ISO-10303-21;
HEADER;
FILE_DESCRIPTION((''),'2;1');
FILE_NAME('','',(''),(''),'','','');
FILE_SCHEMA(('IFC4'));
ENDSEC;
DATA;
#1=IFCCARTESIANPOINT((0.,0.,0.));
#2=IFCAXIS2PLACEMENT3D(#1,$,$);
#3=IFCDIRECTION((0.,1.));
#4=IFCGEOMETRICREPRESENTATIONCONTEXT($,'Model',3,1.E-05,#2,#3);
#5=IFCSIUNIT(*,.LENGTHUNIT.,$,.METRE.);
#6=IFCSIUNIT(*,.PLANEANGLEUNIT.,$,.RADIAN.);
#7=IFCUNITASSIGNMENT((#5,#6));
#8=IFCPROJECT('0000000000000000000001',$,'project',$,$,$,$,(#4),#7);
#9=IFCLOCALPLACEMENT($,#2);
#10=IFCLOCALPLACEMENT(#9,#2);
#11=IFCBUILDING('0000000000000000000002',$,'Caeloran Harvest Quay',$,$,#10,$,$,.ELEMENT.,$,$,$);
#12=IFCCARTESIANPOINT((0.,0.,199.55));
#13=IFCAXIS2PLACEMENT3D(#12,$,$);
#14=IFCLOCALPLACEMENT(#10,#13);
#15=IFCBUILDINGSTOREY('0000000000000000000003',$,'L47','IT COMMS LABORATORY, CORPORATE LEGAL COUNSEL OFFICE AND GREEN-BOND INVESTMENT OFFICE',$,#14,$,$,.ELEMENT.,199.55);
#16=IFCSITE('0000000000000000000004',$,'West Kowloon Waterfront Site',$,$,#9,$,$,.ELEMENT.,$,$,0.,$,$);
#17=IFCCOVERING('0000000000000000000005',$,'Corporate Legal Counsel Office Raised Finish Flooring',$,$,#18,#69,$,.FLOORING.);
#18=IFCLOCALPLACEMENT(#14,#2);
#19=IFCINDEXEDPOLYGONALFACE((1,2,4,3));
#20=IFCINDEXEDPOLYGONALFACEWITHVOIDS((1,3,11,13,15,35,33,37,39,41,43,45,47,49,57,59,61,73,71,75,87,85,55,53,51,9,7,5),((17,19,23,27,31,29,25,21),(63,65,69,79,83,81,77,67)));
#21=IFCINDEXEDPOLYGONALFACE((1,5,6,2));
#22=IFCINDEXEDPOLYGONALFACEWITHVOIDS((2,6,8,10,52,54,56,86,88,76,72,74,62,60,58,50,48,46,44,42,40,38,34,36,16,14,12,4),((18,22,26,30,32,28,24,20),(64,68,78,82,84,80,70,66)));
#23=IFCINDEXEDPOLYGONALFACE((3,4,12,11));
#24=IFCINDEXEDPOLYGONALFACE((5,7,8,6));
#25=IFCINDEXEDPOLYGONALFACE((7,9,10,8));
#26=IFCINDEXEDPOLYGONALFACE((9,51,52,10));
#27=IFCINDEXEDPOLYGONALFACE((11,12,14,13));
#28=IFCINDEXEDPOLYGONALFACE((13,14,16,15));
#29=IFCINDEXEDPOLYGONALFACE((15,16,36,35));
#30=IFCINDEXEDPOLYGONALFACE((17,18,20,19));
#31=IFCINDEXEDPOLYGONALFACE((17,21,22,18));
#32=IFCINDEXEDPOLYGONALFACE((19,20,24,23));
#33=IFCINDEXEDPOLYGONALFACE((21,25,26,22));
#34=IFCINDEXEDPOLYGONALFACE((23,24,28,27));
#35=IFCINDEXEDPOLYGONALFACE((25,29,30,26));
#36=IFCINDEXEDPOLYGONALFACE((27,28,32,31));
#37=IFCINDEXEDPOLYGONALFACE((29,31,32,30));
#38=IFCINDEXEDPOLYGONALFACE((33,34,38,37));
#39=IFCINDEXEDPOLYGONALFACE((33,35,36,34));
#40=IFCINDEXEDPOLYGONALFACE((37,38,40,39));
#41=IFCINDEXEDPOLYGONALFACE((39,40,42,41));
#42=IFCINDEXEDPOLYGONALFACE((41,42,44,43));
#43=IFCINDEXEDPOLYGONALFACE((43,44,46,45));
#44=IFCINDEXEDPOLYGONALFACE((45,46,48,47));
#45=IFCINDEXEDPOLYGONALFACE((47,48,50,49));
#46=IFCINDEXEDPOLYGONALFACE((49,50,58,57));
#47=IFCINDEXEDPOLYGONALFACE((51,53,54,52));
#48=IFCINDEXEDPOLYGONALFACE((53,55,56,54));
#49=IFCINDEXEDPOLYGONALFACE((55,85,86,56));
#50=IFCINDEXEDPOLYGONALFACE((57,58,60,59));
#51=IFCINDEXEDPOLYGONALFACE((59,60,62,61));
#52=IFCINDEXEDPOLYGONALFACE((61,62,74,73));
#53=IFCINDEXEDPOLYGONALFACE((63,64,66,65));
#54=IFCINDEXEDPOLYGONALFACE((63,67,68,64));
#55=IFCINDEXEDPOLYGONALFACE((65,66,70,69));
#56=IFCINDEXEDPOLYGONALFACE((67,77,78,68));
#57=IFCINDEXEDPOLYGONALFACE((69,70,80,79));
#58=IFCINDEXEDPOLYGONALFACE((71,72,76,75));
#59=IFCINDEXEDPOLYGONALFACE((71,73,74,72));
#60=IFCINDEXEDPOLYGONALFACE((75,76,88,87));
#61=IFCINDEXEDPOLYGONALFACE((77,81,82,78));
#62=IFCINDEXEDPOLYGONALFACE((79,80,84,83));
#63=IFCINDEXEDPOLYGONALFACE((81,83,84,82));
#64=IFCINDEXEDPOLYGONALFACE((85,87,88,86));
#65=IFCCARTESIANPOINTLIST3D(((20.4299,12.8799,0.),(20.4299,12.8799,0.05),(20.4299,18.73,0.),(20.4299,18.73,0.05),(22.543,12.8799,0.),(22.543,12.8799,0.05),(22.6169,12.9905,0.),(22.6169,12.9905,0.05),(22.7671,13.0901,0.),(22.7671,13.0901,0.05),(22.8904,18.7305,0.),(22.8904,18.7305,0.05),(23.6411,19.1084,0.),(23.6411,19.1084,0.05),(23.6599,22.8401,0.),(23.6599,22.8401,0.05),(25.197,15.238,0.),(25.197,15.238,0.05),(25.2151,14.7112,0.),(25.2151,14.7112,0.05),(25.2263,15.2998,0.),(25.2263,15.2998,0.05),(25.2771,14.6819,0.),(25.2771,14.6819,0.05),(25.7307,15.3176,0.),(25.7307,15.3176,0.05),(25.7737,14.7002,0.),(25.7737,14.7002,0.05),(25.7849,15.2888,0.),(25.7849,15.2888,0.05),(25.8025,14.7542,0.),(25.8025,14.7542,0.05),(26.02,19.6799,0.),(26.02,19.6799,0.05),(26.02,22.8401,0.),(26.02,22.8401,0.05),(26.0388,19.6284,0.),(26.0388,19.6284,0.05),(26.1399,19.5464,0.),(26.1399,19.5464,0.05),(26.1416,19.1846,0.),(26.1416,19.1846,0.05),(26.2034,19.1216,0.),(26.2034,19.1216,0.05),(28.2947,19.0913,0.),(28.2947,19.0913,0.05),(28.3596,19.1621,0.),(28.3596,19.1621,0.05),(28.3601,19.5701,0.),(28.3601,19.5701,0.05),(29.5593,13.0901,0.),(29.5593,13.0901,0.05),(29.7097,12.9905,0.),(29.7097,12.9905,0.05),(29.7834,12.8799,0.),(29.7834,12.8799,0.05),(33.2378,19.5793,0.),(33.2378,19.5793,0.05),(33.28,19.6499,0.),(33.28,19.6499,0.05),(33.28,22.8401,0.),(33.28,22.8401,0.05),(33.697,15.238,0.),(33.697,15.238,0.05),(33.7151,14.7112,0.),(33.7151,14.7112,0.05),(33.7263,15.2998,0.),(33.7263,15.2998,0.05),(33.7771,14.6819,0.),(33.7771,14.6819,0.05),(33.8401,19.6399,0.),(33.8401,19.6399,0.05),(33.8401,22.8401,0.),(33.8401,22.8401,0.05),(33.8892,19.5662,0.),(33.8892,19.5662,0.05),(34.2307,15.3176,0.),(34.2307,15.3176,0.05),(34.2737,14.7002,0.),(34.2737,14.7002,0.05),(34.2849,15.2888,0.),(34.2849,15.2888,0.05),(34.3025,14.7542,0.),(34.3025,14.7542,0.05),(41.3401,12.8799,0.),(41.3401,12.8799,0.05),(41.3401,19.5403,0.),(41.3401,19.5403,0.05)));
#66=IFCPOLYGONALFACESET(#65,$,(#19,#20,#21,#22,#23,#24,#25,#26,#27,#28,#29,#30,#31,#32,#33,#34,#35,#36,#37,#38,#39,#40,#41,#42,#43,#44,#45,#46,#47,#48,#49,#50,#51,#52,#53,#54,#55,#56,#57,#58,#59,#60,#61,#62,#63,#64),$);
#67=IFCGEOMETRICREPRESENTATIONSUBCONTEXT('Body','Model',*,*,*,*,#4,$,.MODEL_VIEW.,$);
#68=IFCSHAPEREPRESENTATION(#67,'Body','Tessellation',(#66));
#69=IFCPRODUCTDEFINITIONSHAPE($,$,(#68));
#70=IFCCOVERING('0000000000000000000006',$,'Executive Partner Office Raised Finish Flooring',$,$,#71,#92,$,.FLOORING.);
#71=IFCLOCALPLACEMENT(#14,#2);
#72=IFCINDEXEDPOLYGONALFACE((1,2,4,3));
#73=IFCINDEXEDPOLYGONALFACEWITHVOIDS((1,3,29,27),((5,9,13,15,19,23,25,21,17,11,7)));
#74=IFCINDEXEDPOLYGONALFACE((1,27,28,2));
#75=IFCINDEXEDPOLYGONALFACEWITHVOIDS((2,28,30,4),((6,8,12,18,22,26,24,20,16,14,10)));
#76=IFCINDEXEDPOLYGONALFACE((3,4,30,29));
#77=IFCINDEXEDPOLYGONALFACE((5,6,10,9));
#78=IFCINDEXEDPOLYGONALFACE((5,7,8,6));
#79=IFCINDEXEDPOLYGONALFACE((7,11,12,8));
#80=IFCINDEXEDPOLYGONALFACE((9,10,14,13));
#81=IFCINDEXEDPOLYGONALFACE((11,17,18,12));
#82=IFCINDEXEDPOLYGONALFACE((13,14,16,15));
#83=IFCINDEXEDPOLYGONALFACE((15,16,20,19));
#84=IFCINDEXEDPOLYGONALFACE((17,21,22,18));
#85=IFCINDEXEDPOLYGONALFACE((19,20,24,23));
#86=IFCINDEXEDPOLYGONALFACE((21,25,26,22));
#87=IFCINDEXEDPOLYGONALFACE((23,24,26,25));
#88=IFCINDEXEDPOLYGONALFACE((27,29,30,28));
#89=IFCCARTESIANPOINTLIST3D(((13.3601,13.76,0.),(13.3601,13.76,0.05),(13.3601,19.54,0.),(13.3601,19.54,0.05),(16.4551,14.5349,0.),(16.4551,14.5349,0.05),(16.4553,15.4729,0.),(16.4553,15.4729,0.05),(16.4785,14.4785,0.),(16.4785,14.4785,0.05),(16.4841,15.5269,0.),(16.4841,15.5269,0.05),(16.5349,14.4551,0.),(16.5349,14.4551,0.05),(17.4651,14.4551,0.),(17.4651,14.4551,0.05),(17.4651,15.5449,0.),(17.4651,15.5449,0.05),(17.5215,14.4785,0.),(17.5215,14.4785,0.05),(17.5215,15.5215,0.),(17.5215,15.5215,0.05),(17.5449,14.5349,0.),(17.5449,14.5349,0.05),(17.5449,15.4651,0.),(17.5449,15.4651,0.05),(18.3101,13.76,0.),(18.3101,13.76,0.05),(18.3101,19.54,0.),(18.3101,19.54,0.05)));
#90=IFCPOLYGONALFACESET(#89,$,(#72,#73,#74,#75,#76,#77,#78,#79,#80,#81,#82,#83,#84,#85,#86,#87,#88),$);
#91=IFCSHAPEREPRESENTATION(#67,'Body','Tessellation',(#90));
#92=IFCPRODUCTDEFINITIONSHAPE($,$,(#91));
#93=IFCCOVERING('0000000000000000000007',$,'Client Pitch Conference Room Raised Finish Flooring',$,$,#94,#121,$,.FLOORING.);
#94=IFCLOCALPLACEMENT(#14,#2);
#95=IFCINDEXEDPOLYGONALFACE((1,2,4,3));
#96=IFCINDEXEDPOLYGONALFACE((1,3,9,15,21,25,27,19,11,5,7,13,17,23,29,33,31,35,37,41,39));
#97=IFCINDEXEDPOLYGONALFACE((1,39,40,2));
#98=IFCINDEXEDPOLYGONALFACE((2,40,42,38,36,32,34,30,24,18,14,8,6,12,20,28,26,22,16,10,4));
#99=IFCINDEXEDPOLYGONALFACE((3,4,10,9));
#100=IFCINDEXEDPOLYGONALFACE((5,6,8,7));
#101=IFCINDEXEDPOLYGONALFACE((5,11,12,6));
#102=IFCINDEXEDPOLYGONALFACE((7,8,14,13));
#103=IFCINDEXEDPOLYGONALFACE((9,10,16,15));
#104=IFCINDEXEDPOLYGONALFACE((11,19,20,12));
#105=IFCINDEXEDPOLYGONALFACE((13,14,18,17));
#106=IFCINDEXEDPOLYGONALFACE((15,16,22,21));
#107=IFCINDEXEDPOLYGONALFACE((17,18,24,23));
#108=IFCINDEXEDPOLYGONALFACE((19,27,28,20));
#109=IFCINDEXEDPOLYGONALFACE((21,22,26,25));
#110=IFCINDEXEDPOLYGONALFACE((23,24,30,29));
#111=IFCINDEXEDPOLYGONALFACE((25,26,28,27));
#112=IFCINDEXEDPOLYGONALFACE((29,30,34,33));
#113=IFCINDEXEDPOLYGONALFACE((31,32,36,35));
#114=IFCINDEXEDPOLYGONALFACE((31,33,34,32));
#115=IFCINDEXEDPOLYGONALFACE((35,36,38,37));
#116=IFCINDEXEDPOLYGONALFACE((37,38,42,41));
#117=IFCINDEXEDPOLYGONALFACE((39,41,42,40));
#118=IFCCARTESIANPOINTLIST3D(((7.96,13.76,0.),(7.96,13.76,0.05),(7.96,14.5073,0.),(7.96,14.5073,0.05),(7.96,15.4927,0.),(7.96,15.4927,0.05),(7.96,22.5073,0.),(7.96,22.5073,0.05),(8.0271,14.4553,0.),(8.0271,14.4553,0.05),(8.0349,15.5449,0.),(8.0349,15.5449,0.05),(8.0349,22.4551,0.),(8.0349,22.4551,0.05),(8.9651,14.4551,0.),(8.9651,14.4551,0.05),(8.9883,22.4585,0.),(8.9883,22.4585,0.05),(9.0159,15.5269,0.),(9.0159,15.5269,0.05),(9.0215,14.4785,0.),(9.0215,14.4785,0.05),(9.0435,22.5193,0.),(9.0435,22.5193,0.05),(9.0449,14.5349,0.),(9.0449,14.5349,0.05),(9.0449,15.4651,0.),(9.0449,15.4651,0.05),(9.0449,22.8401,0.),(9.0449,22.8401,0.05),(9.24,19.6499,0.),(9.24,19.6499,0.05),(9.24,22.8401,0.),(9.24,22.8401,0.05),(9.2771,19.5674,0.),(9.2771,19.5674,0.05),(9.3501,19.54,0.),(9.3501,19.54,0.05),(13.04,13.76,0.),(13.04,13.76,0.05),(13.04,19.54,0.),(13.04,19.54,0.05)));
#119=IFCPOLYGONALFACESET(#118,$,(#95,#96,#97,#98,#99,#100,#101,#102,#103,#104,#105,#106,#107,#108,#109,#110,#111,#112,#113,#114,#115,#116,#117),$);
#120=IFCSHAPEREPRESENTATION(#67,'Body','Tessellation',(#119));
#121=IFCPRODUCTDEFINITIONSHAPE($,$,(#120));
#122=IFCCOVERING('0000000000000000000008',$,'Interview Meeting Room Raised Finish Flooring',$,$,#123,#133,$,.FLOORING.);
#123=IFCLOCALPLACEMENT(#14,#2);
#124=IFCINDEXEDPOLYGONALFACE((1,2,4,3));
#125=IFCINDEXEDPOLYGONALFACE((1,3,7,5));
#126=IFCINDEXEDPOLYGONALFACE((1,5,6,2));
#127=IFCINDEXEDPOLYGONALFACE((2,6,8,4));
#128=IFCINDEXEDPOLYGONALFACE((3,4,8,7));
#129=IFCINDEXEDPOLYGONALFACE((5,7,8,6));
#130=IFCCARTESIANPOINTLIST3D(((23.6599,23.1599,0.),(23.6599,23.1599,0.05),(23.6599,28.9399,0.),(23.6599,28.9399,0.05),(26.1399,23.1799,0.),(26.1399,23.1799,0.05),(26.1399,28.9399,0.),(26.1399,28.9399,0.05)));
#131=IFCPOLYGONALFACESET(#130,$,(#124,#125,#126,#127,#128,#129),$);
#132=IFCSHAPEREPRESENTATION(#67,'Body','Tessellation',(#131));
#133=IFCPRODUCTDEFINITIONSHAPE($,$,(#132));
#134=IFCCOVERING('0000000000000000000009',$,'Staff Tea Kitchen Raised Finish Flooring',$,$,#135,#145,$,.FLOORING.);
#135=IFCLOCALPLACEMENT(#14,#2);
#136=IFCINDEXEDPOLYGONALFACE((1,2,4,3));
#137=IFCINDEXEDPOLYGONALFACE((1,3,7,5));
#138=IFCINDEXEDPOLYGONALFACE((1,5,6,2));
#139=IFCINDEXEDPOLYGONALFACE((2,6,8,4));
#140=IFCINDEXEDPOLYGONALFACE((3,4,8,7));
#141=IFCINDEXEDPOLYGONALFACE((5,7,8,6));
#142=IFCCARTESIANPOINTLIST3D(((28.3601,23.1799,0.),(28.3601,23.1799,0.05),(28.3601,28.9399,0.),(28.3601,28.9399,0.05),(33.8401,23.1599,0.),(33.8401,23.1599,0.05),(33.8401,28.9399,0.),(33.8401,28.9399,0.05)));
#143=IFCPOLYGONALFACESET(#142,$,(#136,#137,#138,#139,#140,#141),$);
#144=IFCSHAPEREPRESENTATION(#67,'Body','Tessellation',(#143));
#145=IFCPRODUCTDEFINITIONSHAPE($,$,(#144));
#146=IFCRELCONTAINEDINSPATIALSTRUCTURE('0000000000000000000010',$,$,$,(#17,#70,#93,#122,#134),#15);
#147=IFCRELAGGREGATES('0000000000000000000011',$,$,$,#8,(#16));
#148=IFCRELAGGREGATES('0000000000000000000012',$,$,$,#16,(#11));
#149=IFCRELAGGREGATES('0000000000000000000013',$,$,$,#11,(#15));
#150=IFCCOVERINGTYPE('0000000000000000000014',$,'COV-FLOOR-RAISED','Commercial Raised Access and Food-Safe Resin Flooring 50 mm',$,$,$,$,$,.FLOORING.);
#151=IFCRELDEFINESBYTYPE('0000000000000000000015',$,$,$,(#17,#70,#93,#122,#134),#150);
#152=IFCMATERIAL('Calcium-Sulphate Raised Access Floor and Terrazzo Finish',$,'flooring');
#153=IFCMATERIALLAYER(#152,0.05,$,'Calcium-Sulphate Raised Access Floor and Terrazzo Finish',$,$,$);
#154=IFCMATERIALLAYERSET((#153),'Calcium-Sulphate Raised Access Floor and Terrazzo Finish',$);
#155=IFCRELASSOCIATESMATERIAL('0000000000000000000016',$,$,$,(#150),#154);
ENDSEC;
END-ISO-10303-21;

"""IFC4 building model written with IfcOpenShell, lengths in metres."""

from ifc_helpers import new_model, si_unit, direction, frame, origin, place, context, subcontext, project, spatial, polyline, outline, extrude, material, layer, layer_set, type_object, element, save


model = new_model("IFC4")

# Units and contexts
model_context = context("Model", 3, precision=1e-05, world=origin(), true_north=direction((0.0, 1.0)))
body_context = subcontext(model_context, "Body", "Model", "MODEL_VIEW")
ifc_project = project(units=[si_unit("LENGTHUNIT", "METRE"), si_unit("PLANEANGLEUNIT", "RADIAN")], contexts=[model_context])

# Site, building, storey
site_placement = place(None, origin())
site = spatial("IfcSite", under=ifc_project, at=site_placement, Name="West Kowloon Waterfront Site", CompositionType="ELEMENT", RefElevation=0.0)
building_placement = place(site_placement, origin())
building = spatial("IfcBuilding", under=site, at=building_placement, Name="Caeloran Harvest Quay", CompositionType="ELEMENT")
storey_placement = place(building_placement, frame((0.0, 0.0, 199.55)))
storey = spatial("IfcBuildingStorey", under=building, at=storey_placement, Name="L47", Description="IT COMMS LABORATORY, CORPORATE LEGAL COUNSEL OFFICE AND GREEN-BOND INVESTMENT OFFICE", CompositionType="ELEMENT", Elevation=199.55)

# Coverings
ifc_material_1 = material(Name="Calcium-Sulphate Raised Access Floor and Terrazzo Finish", Category="flooring")
ifc_layer_1 = layer(ifc_material_1, 0.05, Name="Calcium-Sulphate Raised Access Floor and Terrazzo Finish")
ifc_layer_set_1 = layer_set([ifc_layer_1], Name="Calcium-Sulphate Raised Access Floor and Terrazzo Finish")
covering_type_1 = type_object("IfcCoveringType", Name="COV-FLOOR-RAISED", Description="Commercial Raised Access and Food-Safe Resin Flooring 50 mm", PredefinedType="FLOORING", material=ifc_layer_set_1)
covering_1_placement = place(storey_placement, origin())
element("IfcCovering", 1, at=covering_1_placement, inside=storey, type_object=covering_type_1, Name="Corporate Legal Counsel Office Raised Finish Flooring", PredefinedType="FLOORING", context=body_context, shape_type="SweptSolid", body=[
    extrude(outline(polyline([(22.543, 12.8799), (20.4299, 12.8799), (20.4299, 18.73), (22.8904, 18.7305), (23.6411, 19.1084), (23.6599, 22.8401), (26.02, 22.8401), (26.02, 19.6799), (26.0388, 19.6284), (26.1399, 19.5464), (26.1416, 19.1846), (26.2034, 19.1216), (28.2947, 19.0913), (28.3596, 19.1621), (28.3601, 19.5701), (33.2378, 19.5793), (33.28, 19.6499), (33.28, 22.8401), (33.8401, 22.8401), (33.8401, 19.6399), (33.8892, 19.5662), (41.3401, 19.5403), (41.3401, 12.8799), (29.7834, 12.8799), (29.7097, 12.9905), (29.5593, 13.0901), (22.7671, 13.0901), (22.6169, 12.9905), (22.543, 12.8799)]), holes=[polyline([(34.3025, 14.7542), (34.2849, 15.2888), (34.2307, 15.3176), (33.7263, 15.2998), (33.697, 15.238), (33.7151, 14.7112), (33.7771, 14.6819), (34.2737, 14.7002), (34.3025, 14.7542)]), polyline([(25.8025, 14.7542), (25.7849, 15.2888), (25.7307, 15.3176), (25.2263, 15.2998), (25.197, 15.238), (25.2151, 14.7112), (25.2771, 14.6819), (25.7737, 14.7002), (25.8025, 14.7542)])]), origin(), (0.0, 0.0, 1.0), 0.05),
])
covering_2_placement = place(storey_placement, origin())
element("IfcCovering", 2, at=covering_2_placement, inside=storey, type_object=covering_type_1, Name="Executive Partner Office Raised Finish Flooring", PredefinedType="FLOORING", context=body_context, shape_type="SweptSolid", body=[
    extrude(outline(polyline([(18.3101, 19.54), (18.3101, 13.76), (13.3601, 13.76), (13.3601, 19.54), (18.3101, 19.54)]), holes=[polyline([(17.4651, 15.5449), (16.4841, 15.5269), (16.4553, 15.4729), (16.4551, 14.5349), (16.4785, 14.4785), (16.5349, 14.4551), (17.4651, 14.4551), (17.5215, 14.4785), (17.5449, 14.5349), (17.5449, 15.4651), (17.5215, 15.5215), (17.4651, 15.5449)])]), origin(), (0.0, 0.0, 1.0), 0.05),
])
covering_3_placement = place(storey_placement, origin())
element("IfcCovering", 3, at=covering_3_placement, inside=storey, type_object=covering_type_1, Name="Client Pitch Conference Room Raised Finish Flooring", PredefinedType="FLOORING", context=body_context, shape_type="SweptSolid", body=[
    extrude(outline(polyline([(7.96, 14.5073), (8.0271, 14.4553), (8.9651, 14.4551), (9.0215, 14.4785), (9.0449, 14.5349), (9.0449, 15.4651), (9.0159, 15.5269), (8.0349, 15.5449), (7.96, 15.4927), (7.96, 22.5073), (8.0349, 22.4551), (8.9883, 22.4585), (9.0435, 22.5193), (9.0449, 22.8401), (9.24, 22.8401), (9.24, 19.6499), (9.2771, 19.5674), (9.3501, 19.54), (13.04, 19.54), (13.04, 13.76), (7.96, 13.76), (7.96, 14.5073)])), origin(), (0.0, 0.0, 1.0), 0.05),
])
covering_4_placement = place(storey_placement, origin())
element("IfcCovering", 4, at=covering_4_placement, inside=storey, type_object=covering_type_1, Name="Interview Meeting Room Raised Finish Flooring", PredefinedType="FLOORING", context=body_context, shape_type="SweptSolid", body=[
    extrude(outline(polyline([(26.1399, 23.1799), (23.6599, 23.1599), (23.6599, 28.9399), (26.1399, 28.9399), (26.1399, 23.1799)])), origin(), (0.0, 0.0, 1.0), 0.05),
])
covering_5_placement = place(storey_placement, origin())
element("IfcCovering", 5, at=covering_5_placement, inside=storey, type_object=covering_type_1, Name="Staff Tea Kitchen Raised Finish Flooring", PredefinedType="FLOORING", context=body_context, shape_type="SweptSolid", body=[
    extrude(outline(polyline([(33.8401, 23.1599), (28.3601, 23.1799), (28.3601, 28.9399), (33.8401, 28.9399), (33.8401, 23.1599)])), origin(), (0.0, 0.0, 1.0), 0.05),
])

save(model, "model.ifc")
